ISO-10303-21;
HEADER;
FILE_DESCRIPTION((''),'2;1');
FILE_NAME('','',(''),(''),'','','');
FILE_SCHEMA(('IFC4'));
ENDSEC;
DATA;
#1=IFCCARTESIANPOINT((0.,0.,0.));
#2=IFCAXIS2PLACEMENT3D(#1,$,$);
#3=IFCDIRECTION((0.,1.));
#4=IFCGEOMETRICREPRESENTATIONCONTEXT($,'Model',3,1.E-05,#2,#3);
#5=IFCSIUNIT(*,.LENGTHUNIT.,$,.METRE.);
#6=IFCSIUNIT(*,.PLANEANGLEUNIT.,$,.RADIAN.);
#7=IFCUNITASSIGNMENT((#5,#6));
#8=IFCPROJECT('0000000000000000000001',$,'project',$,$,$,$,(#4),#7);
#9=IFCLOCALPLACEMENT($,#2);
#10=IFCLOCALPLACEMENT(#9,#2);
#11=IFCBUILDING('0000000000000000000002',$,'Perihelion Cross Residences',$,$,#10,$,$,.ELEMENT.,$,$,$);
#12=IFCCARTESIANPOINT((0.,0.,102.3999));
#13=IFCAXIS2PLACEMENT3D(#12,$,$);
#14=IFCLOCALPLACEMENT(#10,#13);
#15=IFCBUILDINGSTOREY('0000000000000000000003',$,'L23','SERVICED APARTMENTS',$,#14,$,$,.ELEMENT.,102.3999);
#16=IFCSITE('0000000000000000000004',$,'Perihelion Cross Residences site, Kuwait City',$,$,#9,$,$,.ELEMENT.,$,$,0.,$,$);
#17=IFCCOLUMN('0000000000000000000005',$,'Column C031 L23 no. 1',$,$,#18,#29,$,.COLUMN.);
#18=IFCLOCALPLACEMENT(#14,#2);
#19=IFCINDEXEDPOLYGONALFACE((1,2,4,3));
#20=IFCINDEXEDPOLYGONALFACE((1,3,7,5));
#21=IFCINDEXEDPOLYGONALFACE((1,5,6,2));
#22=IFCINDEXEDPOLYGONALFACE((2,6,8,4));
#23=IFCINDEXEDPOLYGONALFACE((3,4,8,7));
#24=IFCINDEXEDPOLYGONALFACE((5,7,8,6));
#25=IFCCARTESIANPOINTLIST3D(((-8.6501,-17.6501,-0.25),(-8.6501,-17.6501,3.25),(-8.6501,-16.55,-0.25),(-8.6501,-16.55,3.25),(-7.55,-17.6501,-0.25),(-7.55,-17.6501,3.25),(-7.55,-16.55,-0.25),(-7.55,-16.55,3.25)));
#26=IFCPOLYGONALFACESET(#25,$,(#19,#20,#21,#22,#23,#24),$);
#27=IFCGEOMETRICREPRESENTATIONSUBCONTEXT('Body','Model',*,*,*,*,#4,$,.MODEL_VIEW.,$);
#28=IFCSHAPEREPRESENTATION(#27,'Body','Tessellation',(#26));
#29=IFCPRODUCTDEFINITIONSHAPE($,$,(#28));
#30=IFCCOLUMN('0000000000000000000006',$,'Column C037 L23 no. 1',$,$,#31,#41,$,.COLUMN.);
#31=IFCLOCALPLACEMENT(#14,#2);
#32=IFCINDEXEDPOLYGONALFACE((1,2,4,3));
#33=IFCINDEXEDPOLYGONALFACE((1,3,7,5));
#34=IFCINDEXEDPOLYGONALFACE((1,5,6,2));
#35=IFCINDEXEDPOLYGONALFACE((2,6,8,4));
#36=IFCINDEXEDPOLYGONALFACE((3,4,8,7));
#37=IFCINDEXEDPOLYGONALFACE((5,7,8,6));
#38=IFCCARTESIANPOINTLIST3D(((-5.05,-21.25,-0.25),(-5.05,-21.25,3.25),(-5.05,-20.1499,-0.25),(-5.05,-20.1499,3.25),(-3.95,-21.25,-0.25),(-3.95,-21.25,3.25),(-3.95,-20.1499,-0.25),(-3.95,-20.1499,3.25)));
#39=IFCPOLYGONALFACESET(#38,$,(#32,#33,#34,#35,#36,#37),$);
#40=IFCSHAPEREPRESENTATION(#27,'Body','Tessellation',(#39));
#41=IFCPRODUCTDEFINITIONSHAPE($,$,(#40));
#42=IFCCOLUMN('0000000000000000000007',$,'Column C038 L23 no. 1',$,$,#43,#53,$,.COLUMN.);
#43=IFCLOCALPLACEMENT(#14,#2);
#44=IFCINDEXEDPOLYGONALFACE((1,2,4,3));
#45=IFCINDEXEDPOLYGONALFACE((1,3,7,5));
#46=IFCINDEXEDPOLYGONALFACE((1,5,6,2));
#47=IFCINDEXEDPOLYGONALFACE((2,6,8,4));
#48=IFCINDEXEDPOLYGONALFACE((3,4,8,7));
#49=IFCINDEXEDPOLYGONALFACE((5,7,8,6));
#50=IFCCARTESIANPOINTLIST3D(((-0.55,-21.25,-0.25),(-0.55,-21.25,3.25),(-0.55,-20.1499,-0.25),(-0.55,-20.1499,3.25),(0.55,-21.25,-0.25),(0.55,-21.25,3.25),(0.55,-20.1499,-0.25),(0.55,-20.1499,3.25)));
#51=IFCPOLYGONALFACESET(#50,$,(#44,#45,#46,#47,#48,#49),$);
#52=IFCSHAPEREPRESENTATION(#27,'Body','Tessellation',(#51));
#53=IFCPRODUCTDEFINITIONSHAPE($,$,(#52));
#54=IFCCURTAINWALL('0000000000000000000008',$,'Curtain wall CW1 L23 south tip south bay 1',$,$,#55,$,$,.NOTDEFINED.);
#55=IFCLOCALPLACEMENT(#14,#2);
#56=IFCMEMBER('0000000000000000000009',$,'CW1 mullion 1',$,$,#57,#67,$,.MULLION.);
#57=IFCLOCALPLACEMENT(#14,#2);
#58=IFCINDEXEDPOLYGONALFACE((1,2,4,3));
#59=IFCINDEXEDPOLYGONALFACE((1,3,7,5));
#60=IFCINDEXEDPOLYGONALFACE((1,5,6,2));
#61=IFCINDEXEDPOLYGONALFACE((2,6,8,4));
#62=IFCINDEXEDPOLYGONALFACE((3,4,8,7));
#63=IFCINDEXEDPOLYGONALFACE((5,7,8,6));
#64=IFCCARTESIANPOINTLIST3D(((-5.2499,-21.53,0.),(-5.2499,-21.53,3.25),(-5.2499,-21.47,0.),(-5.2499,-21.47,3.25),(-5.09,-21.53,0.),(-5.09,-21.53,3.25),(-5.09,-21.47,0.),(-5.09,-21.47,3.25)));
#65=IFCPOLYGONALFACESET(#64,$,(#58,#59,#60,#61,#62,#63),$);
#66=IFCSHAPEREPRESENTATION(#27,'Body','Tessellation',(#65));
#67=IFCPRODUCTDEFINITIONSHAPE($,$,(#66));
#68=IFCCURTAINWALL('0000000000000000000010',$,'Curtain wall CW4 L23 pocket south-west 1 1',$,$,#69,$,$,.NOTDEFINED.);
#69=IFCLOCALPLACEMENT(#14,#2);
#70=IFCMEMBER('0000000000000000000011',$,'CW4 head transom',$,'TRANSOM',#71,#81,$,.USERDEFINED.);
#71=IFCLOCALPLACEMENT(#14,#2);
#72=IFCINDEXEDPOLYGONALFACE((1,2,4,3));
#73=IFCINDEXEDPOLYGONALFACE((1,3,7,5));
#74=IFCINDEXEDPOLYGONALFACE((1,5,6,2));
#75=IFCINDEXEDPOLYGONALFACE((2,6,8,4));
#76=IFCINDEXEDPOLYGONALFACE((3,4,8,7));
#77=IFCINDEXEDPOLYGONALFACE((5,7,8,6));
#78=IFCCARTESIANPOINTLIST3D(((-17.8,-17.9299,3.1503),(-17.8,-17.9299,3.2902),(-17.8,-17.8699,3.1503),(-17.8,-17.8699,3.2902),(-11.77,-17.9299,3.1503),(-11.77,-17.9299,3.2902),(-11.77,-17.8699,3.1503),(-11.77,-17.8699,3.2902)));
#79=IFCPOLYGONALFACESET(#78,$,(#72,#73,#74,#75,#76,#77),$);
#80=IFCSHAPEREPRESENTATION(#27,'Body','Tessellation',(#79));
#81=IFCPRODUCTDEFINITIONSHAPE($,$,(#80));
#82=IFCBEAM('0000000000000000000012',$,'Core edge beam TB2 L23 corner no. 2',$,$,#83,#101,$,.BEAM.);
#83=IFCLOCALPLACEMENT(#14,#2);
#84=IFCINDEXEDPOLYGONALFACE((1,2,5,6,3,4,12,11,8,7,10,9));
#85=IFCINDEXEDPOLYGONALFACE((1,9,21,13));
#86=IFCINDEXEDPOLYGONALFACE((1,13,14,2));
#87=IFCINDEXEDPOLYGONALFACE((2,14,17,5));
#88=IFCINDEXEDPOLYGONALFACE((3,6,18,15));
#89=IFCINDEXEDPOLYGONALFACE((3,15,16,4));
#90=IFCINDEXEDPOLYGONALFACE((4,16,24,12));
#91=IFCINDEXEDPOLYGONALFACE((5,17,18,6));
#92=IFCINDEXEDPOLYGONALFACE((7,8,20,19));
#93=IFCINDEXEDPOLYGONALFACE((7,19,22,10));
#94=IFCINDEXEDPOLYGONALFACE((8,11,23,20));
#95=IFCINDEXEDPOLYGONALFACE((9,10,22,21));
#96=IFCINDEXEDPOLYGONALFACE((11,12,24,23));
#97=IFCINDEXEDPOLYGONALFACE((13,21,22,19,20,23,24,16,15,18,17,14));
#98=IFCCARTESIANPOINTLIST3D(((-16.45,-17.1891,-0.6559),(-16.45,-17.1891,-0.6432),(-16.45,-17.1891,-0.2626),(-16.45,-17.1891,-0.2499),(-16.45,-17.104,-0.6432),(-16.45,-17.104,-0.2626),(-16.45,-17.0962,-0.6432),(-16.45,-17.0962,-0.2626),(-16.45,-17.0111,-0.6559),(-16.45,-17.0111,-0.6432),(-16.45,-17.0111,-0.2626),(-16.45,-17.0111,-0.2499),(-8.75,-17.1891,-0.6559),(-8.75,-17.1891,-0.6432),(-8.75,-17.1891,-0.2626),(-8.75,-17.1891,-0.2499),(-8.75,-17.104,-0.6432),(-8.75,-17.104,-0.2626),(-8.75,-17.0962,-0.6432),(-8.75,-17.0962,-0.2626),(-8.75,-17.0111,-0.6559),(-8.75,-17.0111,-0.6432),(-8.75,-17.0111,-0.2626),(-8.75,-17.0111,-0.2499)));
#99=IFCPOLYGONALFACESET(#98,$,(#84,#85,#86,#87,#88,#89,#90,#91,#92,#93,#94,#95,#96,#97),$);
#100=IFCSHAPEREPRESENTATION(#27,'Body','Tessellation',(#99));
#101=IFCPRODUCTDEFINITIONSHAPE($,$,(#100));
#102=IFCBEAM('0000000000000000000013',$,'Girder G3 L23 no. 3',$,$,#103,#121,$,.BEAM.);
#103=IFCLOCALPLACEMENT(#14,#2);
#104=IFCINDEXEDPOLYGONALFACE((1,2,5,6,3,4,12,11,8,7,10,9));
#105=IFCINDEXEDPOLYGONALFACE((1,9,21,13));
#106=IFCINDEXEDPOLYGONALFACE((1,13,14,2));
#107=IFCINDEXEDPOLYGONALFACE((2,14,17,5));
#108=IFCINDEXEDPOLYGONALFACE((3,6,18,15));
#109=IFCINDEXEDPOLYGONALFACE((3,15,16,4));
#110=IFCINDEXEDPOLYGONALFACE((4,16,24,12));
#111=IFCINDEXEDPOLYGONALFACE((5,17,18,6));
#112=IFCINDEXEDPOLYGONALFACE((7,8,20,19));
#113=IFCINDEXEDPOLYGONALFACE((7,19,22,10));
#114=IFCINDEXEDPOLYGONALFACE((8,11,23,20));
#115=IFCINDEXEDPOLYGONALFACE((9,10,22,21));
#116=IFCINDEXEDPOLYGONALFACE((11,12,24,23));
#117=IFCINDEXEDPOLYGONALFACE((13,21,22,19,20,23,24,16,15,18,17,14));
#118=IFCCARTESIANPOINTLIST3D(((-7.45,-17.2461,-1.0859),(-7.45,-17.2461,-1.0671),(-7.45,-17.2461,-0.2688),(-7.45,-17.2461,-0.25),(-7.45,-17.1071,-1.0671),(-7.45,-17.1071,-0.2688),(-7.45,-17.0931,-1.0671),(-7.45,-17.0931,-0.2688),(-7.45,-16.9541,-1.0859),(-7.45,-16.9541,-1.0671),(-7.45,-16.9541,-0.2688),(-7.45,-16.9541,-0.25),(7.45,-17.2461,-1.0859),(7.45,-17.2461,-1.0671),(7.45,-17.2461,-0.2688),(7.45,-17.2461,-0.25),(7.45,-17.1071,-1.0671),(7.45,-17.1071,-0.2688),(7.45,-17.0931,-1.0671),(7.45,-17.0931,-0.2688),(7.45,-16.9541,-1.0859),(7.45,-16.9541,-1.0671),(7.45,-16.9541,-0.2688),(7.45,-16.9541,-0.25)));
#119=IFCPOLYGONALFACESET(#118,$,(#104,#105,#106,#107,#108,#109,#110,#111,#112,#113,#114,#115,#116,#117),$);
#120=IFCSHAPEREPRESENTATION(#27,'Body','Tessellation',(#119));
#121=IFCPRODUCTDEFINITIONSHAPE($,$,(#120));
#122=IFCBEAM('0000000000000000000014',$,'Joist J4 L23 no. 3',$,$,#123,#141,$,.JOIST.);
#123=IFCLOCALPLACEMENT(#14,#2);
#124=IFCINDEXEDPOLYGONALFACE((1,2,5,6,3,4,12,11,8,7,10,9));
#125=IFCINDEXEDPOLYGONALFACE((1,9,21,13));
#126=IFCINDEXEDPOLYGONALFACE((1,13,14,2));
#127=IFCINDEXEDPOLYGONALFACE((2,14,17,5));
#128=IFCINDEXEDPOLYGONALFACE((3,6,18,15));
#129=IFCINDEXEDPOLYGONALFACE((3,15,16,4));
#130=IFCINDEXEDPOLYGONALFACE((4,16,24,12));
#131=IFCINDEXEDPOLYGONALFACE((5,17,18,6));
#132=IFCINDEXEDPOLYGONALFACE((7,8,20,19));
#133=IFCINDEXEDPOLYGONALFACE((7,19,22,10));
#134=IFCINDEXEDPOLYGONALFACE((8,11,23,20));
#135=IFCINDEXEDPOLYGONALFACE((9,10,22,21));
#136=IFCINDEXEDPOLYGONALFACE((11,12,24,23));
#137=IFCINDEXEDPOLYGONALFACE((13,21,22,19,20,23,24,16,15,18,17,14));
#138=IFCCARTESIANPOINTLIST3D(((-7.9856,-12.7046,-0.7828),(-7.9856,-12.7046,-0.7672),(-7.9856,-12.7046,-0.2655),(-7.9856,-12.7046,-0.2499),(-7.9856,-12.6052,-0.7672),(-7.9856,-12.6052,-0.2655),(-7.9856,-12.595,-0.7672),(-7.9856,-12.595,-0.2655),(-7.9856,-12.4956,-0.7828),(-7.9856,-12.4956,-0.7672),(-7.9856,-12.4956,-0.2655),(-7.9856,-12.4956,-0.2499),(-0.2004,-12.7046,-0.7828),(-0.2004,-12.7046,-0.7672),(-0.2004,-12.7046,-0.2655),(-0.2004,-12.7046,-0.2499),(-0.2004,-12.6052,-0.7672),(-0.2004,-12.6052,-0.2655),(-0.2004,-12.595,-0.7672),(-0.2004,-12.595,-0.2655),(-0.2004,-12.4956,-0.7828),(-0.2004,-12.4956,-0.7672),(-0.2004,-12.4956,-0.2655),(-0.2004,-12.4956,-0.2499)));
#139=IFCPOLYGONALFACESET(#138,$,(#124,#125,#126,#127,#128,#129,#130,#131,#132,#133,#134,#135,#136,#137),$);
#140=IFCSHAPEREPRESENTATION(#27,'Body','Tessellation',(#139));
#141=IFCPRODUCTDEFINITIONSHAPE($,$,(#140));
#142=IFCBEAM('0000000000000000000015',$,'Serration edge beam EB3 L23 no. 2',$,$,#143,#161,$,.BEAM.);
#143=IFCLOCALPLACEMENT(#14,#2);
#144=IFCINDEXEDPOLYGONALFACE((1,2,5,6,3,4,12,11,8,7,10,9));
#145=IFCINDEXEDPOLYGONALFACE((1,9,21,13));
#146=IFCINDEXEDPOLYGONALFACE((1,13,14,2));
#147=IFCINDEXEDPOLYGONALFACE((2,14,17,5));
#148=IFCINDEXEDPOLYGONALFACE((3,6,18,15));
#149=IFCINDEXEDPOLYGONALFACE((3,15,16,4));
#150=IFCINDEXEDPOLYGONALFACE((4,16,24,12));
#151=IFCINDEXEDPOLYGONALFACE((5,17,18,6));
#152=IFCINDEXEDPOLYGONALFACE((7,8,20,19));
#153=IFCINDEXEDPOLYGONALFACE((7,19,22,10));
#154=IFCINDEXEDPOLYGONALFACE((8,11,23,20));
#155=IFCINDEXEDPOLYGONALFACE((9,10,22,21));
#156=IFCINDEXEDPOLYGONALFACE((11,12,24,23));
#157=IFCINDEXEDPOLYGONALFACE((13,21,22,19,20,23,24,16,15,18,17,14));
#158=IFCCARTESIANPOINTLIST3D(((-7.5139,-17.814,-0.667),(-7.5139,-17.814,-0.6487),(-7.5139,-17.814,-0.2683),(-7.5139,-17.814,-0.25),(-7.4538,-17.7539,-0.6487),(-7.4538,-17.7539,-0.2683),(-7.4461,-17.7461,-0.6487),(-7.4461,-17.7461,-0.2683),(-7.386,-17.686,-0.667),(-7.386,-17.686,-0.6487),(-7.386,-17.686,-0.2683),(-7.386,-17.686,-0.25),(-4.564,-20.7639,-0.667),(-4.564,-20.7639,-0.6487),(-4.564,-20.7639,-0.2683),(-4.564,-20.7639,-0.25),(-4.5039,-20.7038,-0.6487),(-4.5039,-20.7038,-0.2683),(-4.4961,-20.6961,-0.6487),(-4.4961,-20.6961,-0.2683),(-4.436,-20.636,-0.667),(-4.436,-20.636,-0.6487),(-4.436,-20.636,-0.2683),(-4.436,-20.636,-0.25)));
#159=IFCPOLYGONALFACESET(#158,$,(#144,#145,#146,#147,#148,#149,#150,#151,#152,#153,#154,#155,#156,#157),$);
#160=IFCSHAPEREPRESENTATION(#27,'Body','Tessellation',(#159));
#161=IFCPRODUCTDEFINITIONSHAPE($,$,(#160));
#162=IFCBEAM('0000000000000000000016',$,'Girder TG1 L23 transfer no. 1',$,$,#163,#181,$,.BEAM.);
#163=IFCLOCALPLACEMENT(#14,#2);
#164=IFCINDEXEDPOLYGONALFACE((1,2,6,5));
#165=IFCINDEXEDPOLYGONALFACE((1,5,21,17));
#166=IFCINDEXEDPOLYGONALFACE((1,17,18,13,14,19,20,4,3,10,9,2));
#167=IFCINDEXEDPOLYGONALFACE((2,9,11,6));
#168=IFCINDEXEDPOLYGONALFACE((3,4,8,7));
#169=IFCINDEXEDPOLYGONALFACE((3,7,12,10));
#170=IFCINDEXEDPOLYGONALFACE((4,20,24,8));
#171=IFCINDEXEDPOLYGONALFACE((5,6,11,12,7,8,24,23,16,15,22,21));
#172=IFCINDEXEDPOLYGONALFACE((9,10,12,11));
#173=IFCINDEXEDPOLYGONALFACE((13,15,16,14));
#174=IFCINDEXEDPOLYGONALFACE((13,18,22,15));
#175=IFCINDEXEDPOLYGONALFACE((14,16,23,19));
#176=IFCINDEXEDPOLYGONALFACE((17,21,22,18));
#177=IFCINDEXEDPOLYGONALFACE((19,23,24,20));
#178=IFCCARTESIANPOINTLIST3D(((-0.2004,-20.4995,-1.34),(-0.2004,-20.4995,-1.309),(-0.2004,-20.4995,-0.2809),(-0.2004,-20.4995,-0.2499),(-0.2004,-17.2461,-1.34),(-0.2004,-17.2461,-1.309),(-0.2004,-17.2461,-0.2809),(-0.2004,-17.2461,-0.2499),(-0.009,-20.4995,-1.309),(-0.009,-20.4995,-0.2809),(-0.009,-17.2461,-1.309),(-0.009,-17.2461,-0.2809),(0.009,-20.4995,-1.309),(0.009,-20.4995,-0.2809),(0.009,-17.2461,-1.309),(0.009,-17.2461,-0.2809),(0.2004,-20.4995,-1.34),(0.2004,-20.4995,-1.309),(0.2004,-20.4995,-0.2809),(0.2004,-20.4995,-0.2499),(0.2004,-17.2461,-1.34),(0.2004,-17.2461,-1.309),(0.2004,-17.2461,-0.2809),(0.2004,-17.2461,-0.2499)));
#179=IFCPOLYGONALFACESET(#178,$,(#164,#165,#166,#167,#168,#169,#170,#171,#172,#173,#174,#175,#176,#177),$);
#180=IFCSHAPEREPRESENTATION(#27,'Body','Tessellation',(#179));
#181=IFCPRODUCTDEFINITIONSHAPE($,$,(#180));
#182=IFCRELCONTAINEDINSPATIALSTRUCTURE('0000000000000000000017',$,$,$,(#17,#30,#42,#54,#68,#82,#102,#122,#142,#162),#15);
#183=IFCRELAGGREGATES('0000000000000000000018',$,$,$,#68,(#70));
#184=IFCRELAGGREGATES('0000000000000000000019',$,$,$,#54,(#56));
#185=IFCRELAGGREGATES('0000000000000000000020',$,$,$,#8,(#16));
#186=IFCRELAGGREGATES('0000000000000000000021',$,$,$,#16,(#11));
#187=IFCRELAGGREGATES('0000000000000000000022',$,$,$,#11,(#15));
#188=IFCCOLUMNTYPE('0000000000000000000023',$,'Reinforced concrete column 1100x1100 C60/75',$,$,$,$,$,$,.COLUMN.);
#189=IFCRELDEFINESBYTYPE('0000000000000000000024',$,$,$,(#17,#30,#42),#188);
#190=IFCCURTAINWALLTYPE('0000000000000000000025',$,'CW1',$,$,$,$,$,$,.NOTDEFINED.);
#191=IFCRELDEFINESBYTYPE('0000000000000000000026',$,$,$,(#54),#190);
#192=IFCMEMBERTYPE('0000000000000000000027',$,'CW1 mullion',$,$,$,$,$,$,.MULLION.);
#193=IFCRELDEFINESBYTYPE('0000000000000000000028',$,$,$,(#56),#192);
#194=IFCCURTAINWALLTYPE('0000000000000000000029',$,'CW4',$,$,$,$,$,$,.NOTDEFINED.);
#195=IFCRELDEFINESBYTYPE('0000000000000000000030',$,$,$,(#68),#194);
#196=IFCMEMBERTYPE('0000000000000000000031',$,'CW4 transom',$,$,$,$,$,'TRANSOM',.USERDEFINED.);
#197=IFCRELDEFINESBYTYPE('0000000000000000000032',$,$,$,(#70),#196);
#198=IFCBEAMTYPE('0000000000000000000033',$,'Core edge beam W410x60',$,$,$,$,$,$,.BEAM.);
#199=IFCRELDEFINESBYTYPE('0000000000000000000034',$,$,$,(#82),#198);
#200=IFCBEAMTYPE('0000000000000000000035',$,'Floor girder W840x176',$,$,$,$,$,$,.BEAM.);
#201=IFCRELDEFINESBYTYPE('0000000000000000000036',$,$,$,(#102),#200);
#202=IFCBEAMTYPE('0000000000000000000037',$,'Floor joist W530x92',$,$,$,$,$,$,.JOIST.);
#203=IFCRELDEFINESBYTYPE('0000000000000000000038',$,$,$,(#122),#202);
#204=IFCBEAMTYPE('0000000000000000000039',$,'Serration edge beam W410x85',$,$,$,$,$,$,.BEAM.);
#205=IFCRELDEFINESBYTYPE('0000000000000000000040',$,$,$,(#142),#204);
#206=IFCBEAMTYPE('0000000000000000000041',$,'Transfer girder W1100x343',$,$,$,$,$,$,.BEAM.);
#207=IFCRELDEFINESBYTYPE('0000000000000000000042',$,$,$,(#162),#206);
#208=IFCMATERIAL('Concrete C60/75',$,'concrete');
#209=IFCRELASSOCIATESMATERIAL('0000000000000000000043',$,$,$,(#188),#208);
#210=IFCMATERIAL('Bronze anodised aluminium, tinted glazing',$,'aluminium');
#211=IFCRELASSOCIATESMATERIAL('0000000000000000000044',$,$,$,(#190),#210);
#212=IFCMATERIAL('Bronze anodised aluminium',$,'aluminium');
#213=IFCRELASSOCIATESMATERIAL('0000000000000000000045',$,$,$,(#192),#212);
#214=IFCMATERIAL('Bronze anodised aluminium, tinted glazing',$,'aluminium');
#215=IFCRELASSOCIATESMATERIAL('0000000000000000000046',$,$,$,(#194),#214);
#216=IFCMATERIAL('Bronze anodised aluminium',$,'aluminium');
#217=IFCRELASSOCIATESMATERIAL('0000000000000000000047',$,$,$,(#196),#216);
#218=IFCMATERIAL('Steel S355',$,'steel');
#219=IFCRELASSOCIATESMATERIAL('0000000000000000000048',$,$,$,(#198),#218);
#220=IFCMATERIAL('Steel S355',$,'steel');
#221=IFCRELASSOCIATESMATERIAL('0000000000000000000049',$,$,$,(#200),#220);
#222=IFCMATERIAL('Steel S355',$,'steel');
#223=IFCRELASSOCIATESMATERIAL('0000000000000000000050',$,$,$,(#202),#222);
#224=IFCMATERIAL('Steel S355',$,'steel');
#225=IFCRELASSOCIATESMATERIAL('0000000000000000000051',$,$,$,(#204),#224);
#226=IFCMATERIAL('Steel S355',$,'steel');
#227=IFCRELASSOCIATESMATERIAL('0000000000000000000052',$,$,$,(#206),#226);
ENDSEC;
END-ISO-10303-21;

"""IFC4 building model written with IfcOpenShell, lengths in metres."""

from ifc_helpers import new_model, si_unit, direction, frame, origin, origin_2d, place, context, subcontext, project, spatial, rectangle, i_section, extrude, material, material_profile, profile_set, type_object, element, aggregate, save


model = new_model("IFC4")

# Units and contexts
model_context = context("Model", 3, precision=1e-05, world=origin(), true_north=direction((0.0, 1.0)))
body_context = subcontext(model_context, "Body", "Model", "MODEL_VIEW")
ifc_project = project(units=[si_unit("LENGTHUNIT", "METRE"), si_unit("PLANEANGLEUNIT", "RADIAN")], contexts=[model_context])

# Site, building, storey
site_placement = place(None, origin())
site = spatial("IfcSite", under=ifc_project, at=site_placement, Name="Perihelion Cross Residences site, Kuwait City", CompositionType="ELEMENT", RefElevation=0.0)
building_placement = place(site_placement, origin())
building = spatial("IfcBuilding", under=site, at=building_placement, Name="Perihelion Cross Residences", CompositionType="ELEMENT")
storey_placement = place(building_placement, frame((0.0, 0.0, 102.3999)))
storey = spatial("IfcBuildingStorey", under=building, at=storey_placement, Name="L23", Description="SERVICED APARTMENTS", CompositionType="ELEMENT", Elevation=102.3999)

# Columns
ifc_material_1 = material(Name="Concrete C60/75", Category="concrete")
ifc_material_profile_1 = material_profile(ifc_material_1, rectangle(XDim=1.1001, YDim=1.1001, at=origin_2d()), Name="RC 1100x1100")
ifc_profile_set_1 = profile_set([ifc_material_profile_1], Name="Concrete C60/75")
column_type = type_object("IfcColumnType", Name="Reinforced concrete column 1100x1100 C60/75", PredefinedType="COLUMN", material=ifc_profile_set_1)
for number, where, z_axis, x_axis, name in (
    (1, (-8.1001, -17.1001, -0.25), (0.0, 0.0, 1.0), (1.0, 0.0, 0.0), "Column C031 L23 no. 1"),
    (2, (-4.5, -20.7, -0.25), (0.0, 0.0, 1.0), (1.0, 0.0, 0.0), "Column C037 L23 no. 1"),
    (3, (0.0, -20.7, -0.25), (0.0, 0.0, 1.0), (1.0, 0.0, 0.0), "Column C038 L23 no. 1"),
):
    element("IfcColumn", number, at=place(storey_placement, frame(where, z_axis=z_axis, x_axis=x_axis)), inside=storey, type_object=column_type, Name=name, PredefinedType="COLUMN", context=body_context, shape_type="SweptSolid", body=[
        extrude(rectangle(XDim=1.1001, YDim=1.1001, at=origin_2d()), origin(), (0.0, 0.0, 1.0), 3.5),
    ])

# Curtain walls, members
ifc_material_2 = material(Name="Bronze anodised aluminium, tinted glazing", Category="aluminium")
curtain_wall_type_1 = type_object("IfcCurtainWallType", Name="CW1", PredefinedType="NOTDEFINED", material=ifc_material_2)
curtain_wall_1_placement = place(storey_placement, origin())
curtain_wall_1 = element("IfcCurtainWall", 4, at=curtain_wall_1_placement, inside=storey, type_object=curtain_wall_type_1, Name="Curtain wall CW1 L23 south tip south bay 1", PredefinedType="NOTDEFINED")
ifc_material_3 = material(Name="Bronze anodised aluminium", Category="aluminium")
ifc_material_profile_2 = material_profile(ifc_material_3, rectangle(XDim=0.0601, YDim=0.1599, at=origin_2d()), Name="CW1 mullion")
ifc_profile_set_2 = profile_set([ifc_material_profile_2], Name="Bronze anodised aluminium")
member_type_1 = type_object("IfcMemberType", Name="CW1 mullion", PredefinedType="MULLION", material=ifc_profile_set_2)
member_1_placement = place(storey_placement, frame((-5.1699, -21.5, 0.0), z_axis=(0.0, 0.0, 1.0), x_axis=(0.0, 1.0, 0.0)))
member_1 = element("IfcMember", 5, at=member_1_placement, type_object=member_type_1, Name="CW1 mullion 1", PredefinedType="MULLION", context=body_context, shape_type="SweptSolid", body=[
    extrude(rectangle(XDim=0.0601, YDim=0.1599, at=origin_2d()), origin(), (0.0, 0.0, 1.0), 3.25),
])
ifc_material_4 = material(Name="Bronze anodised aluminium, tinted glazing", Category="aluminium")
curtain_wall_type_2 = type_object("IfcCurtainWallType", Name="CW4", PredefinedType="NOTDEFINED", material=ifc_material_4)
curtain_wall_2_placement = place(storey_placement, origin())
curtain_wall_2 = element("IfcCurtainWall", 6, at=curtain_wall_2_placement, inside=storey, type_object=curtain_wall_type_2, Name="Curtain wall CW4 L23 pocket south-west 1 1", PredefinedType="NOTDEFINED")
ifc_material_5 = material(Name="Bronze anodised aluminium", Category="aluminium")
ifc_material_profile_3 = material_profile(ifc_material_5, rectangle(XDim=0.0601, YDim=0.1399, at=origin_2d()), Name="CW4 transom")
ifc_profile_set_3 = profile_set([ifc_material_profile_3], Name="Bronze anodised aluminium")
member_type_2 = type_object("IfcMemberType", Name="CW4 transom", ElementType="TRANSOM", PredefinedType="USERDEFINED", material=ifc_profile_set_3)
member_2_placement = place(storey_placement, frame((-11.77, -17.8999, 3.2202), z_axis=(-1.0, 0.0, 0.0), x_axis=(0.0, -1.0, 0.0)))
member_2 = element("IfcMember", 7, at=member_2_placement, type_object=member_type_2, Name="CW4 head transom", ObjectType="TRANSOM", PredefinedType="USERDEFINED", context=body_context, shape_type="SweptSolid", body=[
    extrude(rectangle(XDim=0.0601, YDim=0.1399, at=origin_2d()), origin(), (0.0, 0.0, 1.0), 6.03),
])
aggregate(curtain_wall_2, [member_2])

# Beams
ifc_material_6 = material(Name="Steel S355", Category="steel")
ifc_material_profile_4 = material_profile(ifc_material_6, i_section(OverallWidth=0.178, OverallDepth=0.406, WebThickness=0.0078, FlangeThickness=0.0127, at=origin_2d()), Name="W410x60")
ifc_profile_set_4 = profile_set([ifc_material_profile_4], Name="Steel S355")
beam_type_1 = type_object("IfcBeamType", Name="Core edge beam W410x60", PredefinedType="BEAM", material=ifc_profile_set_4)
beam_1_placement = place(storey_placement, frame((-8.75, -17.1001, -0.4529), z_axis=(-1.0, 0.0, 0.0), x_axis=(0.0, -1.0, 0.0)))
element("IfcBeam", 8, at=beam_1_placement, inside=storey, type_object=beam_type_1, Name="Core edge beam TB2 L23 corner no. 2", PredefinedType="BEAM", context=body_context, shape_type="SweptSolid", body=[
    extrude(i_section(OverallWidth=0.178, OverallDepth=0.406, WebThickness=0.0078, FlangeThickness=0.0127, at=origin_2d()), origin(), (0.0, 0.0, 1.0), 7.7),
])
ifc_material_7 = material(Name="Steel S355", Category="steel")
ifc_material_profile_5 = material_profile(ifc_material_7, i_section(OverallWidth=0.292, OverallDepth=0.8359, WebThickness=0.0139, FlangeThickness=0.0188, at=origin_2d()), Name="W840x176")
ifc_profile_set_5 = profile_set([ifc_material_profile_5], Name="Steel S355")
beam_type_2 = type_object("IfcBeamType", Name="Floor girder W840x176", PredefinedType="BEAM", material=ifc_profile_set_5)
beam_2_placement = place(storey_placement, frame((-7.45, -17.1001, -0.668), z_axis=(1.0, 0.0, 0.0), x_axis=(0.0, 1.0, 0.0)))
element("IfcBeam", 9, at=beam_2_placement, inside=storey, type_object=beam_type_2, Name="Girder G3 L23 no. 3", PredefinedType="BEAM", context=body_context, shape_type="SweptSolid", body=[
    extrude(i_section(OverallWidth=0.292, OverallDepth=0.8359, WebThickness=0.0139, FlangeThickness=0.0188, at=origin_2d()), origin(), (0.0, 0.0, 1.0), 14.8999),
])
ifc_material_8 = material(Name="Steel S355", Category="steel")
ifc_material_profile_6 = material_profile(ifc_material_8, i_section(OverallWidth=0.209, OverallDepth=0.533, WebThickness=0.0103, FlangeThickness=0.0156, at=origin_2d()), Name="W530x92")
ifc_profile_set_6 = profile_set([ifc_material_profile_6], Name="Steel S355")
beam_type_3 = type_object("IfcBeamType", Name="Floor joist W530x92", PredefinedType="JOIST", material=ifc_profile_set_6)
beam_3_placement = place(storey_placement, frame((-7.9856, -12.6001, -0.5164), z_axis=(1.0, 0.0, 0.0), x_axis=(0.0, 1.0, 0.0)))
element("IfcBeam", 10, at=beam_3_placement, inside=storey, type_object=beam_type_3, Name="Joist J4 L23 no. 3", PredefinedType="JOIST", context=body_context, shape_type="SweptSolid", body=[
    extrude(i_section(OverallWidth=0.209, OverallDepth=0.533, WebThickness=0.0103, FlangeThickness=0.0156, at=origin_2d()), origin(), (0.0, 0.0, 1.0), 7.7852),
])
ifc_material_9 = material(Name="Steel S355", Category="steel")
ifc_material_profile_7 = material_profile(ifc_material_9, i_section(OverallWidth=0.1809, OverallDepth=0.417, WebThickness=0.011, FlangeThickness=0.0183, at=origin_2d()), Name="W410x85")
ifc_profile_set_7 = profile_set([ifc_material_profile_7], Name="Steel S355")
beam_type_4 = type_object("IfcBeamType", Name="Serration edge beam W410x85", PredefinedType="BEAM", material=ifc_profile_set_7)
beam_4_placement = place(storey_placement, frame((-7.45, -17.75, -0.4585), z_axis=(0.707107, -0.707107, 0.0), x_axis=(0.707107, 0.707107, 0.0)))
element("IfcBeam", 11, at=beam_4_placement, inside=storey, type_object=beam_type_4, Name="Serration edge beam EB3 L23 no. 2", PredefinedType="BEAM", context=body_context, shape_type="SweptSolid", body=[
    extrude(i_section(OverallWidth=0.1809, OverallDepth=0.417, WebThickness=0.011, FlangeThickness=0.0183, at=origin_2d()), origin(), (0.0, 0.0, 1.0), 4.1719),
])
ifc_material_10 = material(Name="Steel S355", Category="steel")
ifc_material_profile_8 = material_profile(ifc_material_10, i_section(OverallWidth=0.4009, OverallDepth=1.0901, WebThickness=0.0181, FlangeThickness=0.031, at=origin_2d()), Name="W1100x343")
ifc_profile_set_8 = profile_set([ifc_material_profile_8], Name="Steel S355")
beam_type_5 = type_object("IfcBeamType", Name="Transfer girder W1100x343", PredefinedType="BEAM", material=ifc_profile_set_8)
beam_5_placement = place(storey_placement, frame((0.0, -20.4995, -0.7949), z_axis=(0.0, 1.0, 0.0), x_axis=(-1.0, 0.0, 0.0)))
element("IfcBeam", 12, at=beam_5_placement, inside=storey, type_object=beam_type_5, Name="Girder TG1 L23 transfer no. 1", PredefinedType="BEAM", context=body_context, shape_type="SweptSolid", body=[
    extrude(i_section(OverallWidth=0.4009, OverallDepth=1.0901, WebThickness=0.0181, FlangeThickness=0.031, at=origin_2d()), origin(), (0.0, 0.0, 1.0), 3.2534),
])

aggregate(curtain_wall_1, [member_1])

save(model, "model.ifc")
